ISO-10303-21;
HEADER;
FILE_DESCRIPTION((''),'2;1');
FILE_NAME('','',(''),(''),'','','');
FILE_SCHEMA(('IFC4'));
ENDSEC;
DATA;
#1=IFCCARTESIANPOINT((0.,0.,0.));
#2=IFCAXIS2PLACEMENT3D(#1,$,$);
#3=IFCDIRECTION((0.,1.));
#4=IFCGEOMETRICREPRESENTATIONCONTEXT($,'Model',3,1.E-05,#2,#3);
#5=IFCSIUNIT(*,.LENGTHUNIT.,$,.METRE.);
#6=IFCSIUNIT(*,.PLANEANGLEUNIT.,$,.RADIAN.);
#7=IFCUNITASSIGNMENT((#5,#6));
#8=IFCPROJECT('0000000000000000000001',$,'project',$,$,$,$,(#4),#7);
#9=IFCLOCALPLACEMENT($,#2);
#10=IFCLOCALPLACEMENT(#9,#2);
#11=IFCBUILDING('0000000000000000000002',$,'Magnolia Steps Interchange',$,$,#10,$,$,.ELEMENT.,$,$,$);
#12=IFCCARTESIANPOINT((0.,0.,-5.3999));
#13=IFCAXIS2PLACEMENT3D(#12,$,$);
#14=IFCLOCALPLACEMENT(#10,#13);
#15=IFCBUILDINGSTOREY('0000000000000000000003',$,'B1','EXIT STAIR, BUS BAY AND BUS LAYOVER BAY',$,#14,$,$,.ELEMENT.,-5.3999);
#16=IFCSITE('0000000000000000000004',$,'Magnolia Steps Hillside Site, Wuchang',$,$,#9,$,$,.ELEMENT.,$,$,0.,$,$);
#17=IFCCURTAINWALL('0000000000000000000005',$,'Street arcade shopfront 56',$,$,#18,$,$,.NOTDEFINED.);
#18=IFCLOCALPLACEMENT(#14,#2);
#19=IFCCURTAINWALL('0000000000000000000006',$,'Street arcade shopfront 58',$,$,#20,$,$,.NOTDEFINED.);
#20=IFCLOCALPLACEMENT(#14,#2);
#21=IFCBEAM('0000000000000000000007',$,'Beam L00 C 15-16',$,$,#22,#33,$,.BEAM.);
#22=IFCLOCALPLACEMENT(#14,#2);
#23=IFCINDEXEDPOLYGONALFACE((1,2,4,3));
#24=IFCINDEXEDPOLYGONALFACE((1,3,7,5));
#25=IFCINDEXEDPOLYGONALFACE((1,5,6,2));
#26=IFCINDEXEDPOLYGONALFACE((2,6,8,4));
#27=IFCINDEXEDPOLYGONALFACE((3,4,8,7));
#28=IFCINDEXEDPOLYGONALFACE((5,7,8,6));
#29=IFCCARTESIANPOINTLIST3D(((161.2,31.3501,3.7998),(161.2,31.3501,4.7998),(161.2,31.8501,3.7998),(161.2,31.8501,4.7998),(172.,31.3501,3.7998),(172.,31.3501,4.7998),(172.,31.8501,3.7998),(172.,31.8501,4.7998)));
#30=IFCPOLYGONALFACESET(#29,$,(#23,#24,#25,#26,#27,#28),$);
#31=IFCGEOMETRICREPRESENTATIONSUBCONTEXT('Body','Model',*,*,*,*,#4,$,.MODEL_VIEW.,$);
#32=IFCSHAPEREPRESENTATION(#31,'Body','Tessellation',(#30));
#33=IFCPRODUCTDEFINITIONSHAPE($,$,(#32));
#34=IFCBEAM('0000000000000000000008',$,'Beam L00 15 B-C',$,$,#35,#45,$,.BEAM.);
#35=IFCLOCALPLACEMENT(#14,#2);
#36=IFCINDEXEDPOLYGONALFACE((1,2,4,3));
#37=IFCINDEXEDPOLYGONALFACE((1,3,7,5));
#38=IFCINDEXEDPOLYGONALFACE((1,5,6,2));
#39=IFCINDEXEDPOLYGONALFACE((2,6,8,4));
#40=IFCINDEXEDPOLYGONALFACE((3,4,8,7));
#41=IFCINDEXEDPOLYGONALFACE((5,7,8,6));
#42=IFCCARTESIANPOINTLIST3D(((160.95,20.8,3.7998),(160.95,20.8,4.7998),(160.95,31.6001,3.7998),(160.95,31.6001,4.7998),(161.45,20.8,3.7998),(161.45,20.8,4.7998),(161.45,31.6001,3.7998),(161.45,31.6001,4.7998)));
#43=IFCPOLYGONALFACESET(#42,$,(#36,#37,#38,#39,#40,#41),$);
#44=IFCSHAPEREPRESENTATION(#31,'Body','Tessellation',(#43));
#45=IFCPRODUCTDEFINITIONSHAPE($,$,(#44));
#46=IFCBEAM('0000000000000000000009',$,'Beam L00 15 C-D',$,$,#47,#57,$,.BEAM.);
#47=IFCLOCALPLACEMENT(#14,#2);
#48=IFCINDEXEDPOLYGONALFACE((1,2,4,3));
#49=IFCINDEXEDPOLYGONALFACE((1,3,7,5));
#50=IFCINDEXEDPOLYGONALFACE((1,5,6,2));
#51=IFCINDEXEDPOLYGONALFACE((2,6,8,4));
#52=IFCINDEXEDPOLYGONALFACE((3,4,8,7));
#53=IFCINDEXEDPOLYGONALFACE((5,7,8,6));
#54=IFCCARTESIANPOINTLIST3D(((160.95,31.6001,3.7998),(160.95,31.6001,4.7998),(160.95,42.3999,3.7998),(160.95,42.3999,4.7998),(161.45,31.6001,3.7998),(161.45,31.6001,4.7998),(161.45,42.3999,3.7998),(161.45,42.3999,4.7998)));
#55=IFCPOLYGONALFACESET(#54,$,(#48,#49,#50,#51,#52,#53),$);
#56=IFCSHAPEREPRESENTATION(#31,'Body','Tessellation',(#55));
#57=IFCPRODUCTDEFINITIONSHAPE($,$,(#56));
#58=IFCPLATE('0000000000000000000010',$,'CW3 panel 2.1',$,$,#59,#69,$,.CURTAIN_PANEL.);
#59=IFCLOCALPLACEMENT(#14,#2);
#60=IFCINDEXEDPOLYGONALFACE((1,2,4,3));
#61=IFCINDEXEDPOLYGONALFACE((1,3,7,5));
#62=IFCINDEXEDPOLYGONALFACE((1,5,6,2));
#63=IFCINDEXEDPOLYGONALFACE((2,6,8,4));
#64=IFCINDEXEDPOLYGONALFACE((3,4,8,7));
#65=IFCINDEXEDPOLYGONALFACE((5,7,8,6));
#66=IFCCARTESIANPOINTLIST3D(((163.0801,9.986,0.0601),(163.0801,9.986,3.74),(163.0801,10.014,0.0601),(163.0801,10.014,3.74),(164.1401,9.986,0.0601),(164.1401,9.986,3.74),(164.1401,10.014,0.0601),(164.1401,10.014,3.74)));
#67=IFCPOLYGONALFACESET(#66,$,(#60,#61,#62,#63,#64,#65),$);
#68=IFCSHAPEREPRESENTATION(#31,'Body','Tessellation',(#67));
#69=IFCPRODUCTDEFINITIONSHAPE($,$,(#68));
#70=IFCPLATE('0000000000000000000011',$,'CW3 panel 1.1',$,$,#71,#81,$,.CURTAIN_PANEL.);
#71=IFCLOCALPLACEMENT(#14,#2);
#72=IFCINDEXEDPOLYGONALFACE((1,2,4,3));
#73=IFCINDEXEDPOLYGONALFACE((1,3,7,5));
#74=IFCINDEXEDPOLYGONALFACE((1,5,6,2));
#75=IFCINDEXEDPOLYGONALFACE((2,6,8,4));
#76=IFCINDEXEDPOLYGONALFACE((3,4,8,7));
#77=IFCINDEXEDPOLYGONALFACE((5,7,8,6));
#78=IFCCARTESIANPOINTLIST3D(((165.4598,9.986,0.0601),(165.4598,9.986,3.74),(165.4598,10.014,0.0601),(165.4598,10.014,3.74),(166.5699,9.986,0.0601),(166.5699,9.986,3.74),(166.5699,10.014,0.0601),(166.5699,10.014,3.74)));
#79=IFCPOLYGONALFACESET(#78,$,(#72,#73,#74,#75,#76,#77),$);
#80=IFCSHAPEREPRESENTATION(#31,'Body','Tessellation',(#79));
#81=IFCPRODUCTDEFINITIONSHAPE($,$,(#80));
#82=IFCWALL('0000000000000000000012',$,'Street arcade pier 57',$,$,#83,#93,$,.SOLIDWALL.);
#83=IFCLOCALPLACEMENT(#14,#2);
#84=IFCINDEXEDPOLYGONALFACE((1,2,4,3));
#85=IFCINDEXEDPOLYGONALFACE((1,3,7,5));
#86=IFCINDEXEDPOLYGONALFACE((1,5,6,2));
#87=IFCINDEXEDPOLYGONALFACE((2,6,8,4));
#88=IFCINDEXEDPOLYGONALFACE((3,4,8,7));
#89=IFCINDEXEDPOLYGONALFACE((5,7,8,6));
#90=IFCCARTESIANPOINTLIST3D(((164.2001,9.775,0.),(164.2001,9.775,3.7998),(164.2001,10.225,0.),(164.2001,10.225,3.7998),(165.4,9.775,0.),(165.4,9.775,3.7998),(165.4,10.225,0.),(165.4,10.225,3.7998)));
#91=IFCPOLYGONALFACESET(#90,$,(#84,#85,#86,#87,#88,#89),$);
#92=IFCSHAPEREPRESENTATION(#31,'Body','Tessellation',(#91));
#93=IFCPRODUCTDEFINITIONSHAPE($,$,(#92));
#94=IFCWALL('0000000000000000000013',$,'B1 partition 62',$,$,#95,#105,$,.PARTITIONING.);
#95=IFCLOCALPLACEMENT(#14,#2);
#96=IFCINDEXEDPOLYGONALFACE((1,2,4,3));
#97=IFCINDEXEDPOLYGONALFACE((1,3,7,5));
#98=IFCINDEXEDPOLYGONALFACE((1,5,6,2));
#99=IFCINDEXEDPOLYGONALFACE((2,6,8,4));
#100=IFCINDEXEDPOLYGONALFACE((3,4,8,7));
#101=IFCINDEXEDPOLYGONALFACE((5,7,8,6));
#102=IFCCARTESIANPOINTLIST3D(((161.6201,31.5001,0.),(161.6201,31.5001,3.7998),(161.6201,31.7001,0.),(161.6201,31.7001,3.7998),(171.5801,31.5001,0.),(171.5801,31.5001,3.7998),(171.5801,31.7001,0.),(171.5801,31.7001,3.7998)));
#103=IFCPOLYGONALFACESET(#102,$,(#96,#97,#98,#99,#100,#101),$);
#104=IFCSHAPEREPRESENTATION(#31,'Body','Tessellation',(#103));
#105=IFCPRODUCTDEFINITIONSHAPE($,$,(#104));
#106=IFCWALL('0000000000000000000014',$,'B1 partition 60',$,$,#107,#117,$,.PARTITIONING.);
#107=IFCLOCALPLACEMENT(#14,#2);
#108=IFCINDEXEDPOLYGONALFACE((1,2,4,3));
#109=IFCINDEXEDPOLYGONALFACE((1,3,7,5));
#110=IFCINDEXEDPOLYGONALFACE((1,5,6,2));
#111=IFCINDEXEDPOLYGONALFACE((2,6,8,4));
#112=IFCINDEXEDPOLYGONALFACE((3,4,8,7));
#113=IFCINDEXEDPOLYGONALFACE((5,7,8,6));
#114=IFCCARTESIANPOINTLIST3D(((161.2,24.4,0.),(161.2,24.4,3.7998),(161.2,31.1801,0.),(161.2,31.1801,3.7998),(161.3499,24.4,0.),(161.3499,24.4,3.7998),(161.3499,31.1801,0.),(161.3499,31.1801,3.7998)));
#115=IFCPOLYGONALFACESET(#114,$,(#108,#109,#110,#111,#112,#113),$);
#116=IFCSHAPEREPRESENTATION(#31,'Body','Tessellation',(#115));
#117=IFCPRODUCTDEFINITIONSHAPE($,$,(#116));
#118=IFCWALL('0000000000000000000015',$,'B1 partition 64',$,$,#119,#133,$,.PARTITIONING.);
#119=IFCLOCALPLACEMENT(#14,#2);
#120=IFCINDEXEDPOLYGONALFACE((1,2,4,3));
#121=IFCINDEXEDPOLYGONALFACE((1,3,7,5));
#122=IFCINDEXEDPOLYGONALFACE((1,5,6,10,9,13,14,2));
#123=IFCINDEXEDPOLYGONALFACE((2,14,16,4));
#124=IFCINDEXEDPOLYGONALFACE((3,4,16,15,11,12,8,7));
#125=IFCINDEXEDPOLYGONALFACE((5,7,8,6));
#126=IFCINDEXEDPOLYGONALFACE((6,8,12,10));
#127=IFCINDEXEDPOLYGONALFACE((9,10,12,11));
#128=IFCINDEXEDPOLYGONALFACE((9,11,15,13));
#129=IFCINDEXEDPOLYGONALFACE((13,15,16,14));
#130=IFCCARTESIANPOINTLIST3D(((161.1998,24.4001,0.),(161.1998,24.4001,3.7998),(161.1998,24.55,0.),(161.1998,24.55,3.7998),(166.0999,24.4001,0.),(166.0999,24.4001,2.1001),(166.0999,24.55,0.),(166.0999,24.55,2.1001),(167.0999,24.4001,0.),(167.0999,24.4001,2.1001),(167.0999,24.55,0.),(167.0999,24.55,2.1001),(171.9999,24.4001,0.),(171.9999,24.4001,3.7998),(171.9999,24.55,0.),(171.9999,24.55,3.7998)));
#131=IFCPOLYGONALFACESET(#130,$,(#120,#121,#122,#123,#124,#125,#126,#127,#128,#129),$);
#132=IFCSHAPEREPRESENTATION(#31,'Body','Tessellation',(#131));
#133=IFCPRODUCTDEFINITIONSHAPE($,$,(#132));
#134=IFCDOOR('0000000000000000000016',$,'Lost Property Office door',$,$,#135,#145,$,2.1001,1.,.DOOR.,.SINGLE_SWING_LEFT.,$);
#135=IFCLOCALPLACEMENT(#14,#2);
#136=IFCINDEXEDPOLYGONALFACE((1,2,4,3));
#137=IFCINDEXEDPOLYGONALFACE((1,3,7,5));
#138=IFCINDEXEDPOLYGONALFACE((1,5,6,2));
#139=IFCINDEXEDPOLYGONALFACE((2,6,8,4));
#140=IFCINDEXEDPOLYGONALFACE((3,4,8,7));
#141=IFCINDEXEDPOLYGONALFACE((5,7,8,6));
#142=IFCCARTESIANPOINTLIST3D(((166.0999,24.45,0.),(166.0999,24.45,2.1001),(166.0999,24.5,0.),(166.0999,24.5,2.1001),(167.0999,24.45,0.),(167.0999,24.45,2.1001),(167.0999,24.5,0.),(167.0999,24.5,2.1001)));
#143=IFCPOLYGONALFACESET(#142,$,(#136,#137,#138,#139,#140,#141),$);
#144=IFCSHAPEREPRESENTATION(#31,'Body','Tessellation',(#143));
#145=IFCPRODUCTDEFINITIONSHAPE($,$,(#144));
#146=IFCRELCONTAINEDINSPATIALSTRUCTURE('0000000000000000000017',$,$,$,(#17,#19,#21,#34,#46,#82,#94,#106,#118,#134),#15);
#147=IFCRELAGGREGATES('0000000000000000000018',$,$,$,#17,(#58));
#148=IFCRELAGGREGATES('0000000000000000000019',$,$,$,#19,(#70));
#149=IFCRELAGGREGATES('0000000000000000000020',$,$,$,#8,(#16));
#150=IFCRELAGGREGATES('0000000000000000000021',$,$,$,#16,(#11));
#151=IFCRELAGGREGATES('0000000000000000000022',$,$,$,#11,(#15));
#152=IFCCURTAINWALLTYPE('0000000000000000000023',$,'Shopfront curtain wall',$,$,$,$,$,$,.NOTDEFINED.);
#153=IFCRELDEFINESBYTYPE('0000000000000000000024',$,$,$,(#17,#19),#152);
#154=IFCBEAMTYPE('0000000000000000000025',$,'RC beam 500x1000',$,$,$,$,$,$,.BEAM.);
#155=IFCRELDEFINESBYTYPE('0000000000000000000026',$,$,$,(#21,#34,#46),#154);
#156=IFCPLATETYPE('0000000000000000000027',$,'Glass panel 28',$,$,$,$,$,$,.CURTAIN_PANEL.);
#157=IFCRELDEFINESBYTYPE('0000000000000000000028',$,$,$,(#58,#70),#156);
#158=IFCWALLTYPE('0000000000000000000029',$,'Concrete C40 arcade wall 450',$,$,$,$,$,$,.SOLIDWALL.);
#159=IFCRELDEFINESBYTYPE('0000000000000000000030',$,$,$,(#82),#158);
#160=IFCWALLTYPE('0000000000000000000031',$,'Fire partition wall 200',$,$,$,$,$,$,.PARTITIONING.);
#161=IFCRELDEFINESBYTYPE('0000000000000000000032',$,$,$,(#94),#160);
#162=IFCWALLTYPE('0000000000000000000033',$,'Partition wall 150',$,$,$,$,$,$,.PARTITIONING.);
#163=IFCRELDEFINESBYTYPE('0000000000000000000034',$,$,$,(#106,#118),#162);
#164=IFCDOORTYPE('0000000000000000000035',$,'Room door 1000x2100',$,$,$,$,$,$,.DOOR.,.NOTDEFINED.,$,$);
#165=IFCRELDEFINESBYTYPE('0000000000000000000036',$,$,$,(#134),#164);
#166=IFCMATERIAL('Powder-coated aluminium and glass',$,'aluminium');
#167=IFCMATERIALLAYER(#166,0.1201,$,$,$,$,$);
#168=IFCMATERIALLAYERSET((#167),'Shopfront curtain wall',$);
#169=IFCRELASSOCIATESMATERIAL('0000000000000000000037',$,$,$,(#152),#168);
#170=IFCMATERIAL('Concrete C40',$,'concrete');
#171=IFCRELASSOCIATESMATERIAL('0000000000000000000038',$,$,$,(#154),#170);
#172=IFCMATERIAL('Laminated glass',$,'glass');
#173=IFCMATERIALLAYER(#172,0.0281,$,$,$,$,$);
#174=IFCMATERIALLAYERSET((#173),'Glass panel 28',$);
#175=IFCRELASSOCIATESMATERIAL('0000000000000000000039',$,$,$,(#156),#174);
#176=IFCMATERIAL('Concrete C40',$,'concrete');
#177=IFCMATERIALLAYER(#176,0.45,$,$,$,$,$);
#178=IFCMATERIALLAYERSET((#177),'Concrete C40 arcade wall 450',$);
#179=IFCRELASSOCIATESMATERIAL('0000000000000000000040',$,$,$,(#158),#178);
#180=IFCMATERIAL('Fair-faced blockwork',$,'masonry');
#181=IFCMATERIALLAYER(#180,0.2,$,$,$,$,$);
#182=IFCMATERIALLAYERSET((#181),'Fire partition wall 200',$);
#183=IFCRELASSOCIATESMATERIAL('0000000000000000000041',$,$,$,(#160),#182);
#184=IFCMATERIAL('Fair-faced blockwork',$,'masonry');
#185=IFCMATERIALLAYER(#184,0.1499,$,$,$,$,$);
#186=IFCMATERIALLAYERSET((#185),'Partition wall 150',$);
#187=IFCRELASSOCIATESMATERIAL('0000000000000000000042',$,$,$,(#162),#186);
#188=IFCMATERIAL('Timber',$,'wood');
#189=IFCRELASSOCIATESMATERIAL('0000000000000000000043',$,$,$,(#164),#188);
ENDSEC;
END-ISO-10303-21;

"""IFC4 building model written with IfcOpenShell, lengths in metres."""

from ifc_helpers import new_model, si_unit, direction, frame, frame_2d, origin, origin_2d, place, context, subcontext, project, spatial, rectangle, extrude, material, layer, layer_set, material_profile, profile_set, type_object, element, fill, aggregate, save


model = new_model("IFC4")

# Units and contexts
model_context = context("Model", 3, precision=1e-05, world=origin(), true_north=direction((0.0, 1.0)))
body_context = subcontext(model_context, "Body", "Model", "MODEL_VIEW")
ifc_project = project(units=[si_unit("LENGTHUNIT", "METRE"), si_unit("PLANEANGLEUNIT", "RADIAN")], contexts=[model_context])

# Site, building, storey
site_placement = place(None, origin())
site = spatial("IfcSite", under=ifc_project, at=site_placement, Name="Magnolia Steps Hillside Site, Wuchang", CompositionType="ELEMENT", RefElevation=0.0)
building_placement = place(site_placement, origin())
building = spatial("IfcBuilding", under=site, at=building_placement, Name="Magnolia Steps Interchange", CompositionType="ELEMENT")
storey_placement = place(building_placement, frame((0.0, 0.0, -5.3999)))
storey = spatial("IfcBuildingStorey", under=building, at=storey_placement, Name="B1", Description="EXIT STAIR, BUS BAY AND BUS LAYOVER BAY", CompositionType="ELEMENT", Elevation=-5.3999)

# Curtain wall
ifc_material_1 = material(Name="Powder-coated aluminium and glass", Category="aluminium")
ifc_layer_1 = layer(ifc_material_1, 0.1201)
ifc_layer_set_1 = layer_set([ifc_layer_1], Name="Shopfront curtain wall")
curtain_wall_type = type_object("IfcCurtainWallType", Name="Shopfront curtain wall", PredefinedType="NOTDEFINED", material=ifc_layer_set_1)
curtain_wall_1_placement = place(storey_placement, origin())
curtain_wall_1 = element("IfcCurtainWall", 1, at=curtain_wall_1_placement, inside=storey, type_object=curtain_wall_type, Name="Street arcade shopfront 56", PredefinedType="NOTDEFINED")

# Curtain wall
curtain_wall_2_placement = place(storey_placement, origin())
curtain_wall_2 = element("IfcCurtainWall", 2, at=curtain_wall_2_placement, inside=storey, type_object=curtain_wall_type, Name="Street arcade shopfront 58", PredefinedType="NOTDEFINED")

# Beams
ifc_material_2 = material(Name="Concrete C40", Category="concrete")
ifc_material_profile_1 = material_profile(ifc_material_2, rectangle(XDim=0.5, YDim=1.0, at=origin_2d()), Name="RC500x1000")
ifc_profile_set_1 = profile_set([ifc_material_profile_1], Name="Concrete C40")
beam_type = type_object("IfcBeamType", Name="RC beam 500x1000", PredefinedType="BEAM", material=ifc_profile_set_1)
for number, where, z_axis, x_axis, name in (
    (3, (161.2, 31.6001, 4.2998), (1.0, 0.0, 0.0), (0.0, 1.0, 0.0), "Beam L00 C 15-16"),
    (4, (161.2, 20.8, 4.2998), (0.0, 1.0, 0.0), (-1.0, 0.0, 0.0), "Beam L00 15 B-C"),
):
    element("IfcBeam", number, at=place(storey_placement, frame(where, z_axis=z_axis, x_axis=x_axis)), inside=storey, type_object=beam_type, Name=name, PredefinedType="BEAM", context=body_context, shape_type="SweptSolid", body=[
        extrude(rectangle(XDim=0.5, YDim=1.0, at=origin_2d()), origin(), (0.0, 0.0, 1.0), 10.8),
    ])
beam_placement = place(storey_placement, frame((161.2, 31.6001, 4.2998), z_axis=(0.0, 1.0, 0.0), x_axis=(-1.0, 0.0, 0.0)))
element("IfcBeam", 5, at=beam_placement, inside=storey, type_object=beam_type, Name="Beam L00 15 C-D", PredefinedType="BEAM", context=body_context, shape_type="SweptSolid", body=[
    extrude(rectangle(XDim=0.5, YDim=1.0, at=origin_2d()), origin(), (0.0, 0.0, 1.0), 10.7998),
])

# Plates
ifc_material_3 = material(Name="Laminated glass", Category="glass")
ifc_layer_2 = layer(ifc_material_3, 0.0281)
ifc_layer_set_2 = layer_set([ifc_layer_2], Name="Glass panel 28")
plate_type = type_object("IfcPlateType", Name="Glass panel 28", PredefinedType="CURTAIN_PANEL", material=ifc_layer_set_2)
plate_1_placement = place(storey_placement, frame((163.6101, 10.0, 0.0601), z_axis=(0.0, 0.0, 1.0), x_axis=(1.0, 0.0, 0.0)))
plate_1 = element("IfcPlate", 6, at=plate_1_placement, type_object=plate_type, Name="CW3 panel 2.1", PredefinedType="CURTAIN_PANEL", context=body_context, shape_type="SweptSolid", body=[
    extrude(rectangle(XDim=1.0601, YDim=0.0281, at=origin_2d()), origin(), (0.0, 0.0, 1.0), 3.6799),
])
aggregate(curtain_wall_1, [plate_1])
plate_2_placement = place(storey_placement, frame((166.0149, 10.0, 0.0601), z_axis=(0.0, 0.0, 1.0), x_axis=(1.0, 0.0, 0.0)))
plate_2 = element("IfcPlate", 7, at=plate_2_placement, type_object=plate_type, Name="CW3 panel 1.1", PredefinedType="CURTAIN_PANEL", context=body_context, shape_type="SweptSolid", body=[
    extrude(rectangle(XDim=1.1101, YDim=0.0281, at=origin_2d()), origin(), (0.0, 0.0, 1.0), 3.6799),
])
aggregate(curtain_wall_2, [plate_2])

# Walls
ifc_material_4 = material(Name="Concrete C40", Category="concrete")
ifc_layer_3 = layer(ifc_material_4, 0.45)
ifc_layer_set_3 = layer_set([ifc_layer_3], Name="Concrete C40 arcade wall 450")
wall_type_1 = type_object("IfcWallType", Name="Concrete C40 arcade wall 450", PredefinedType="SOLIDWALL", material=ifc_layer_set_3)
wall_1_placement = place(storey_placement, frame((164.2, 10.0, 0.0), z_axis=(0.0, 0.0, 1.0), x_axis=(1.0, 0.0, 0.0)))
element("IfcWall", 8, at=wall_1_placement, inside=storey, type_object=wall_type_1, Name="Street arcade pier 57", PredefinedType="SOLIDWALL", context=body_context, shape_type="SweptSolid", body=[
    extrude(rectangle(XDim=1.2, YDim=0.45, at=frame_2d((0.6001, 0.0))), origin(), (0.0, 0.0, 1.0), 3.7998),
])
ifc_material_5 = material(Name="Fair-faced blockwork", Category="masonry")
ifc_layer_4 = layer(ifc_material_5, 0.2)
ifc_layer_set_4 = layer_set([ifc_layer_4], Name="Fire partition wall 200")
wall_type_2 = type_object("IfcWallType", Name="Fire partition wall 200", PredefinedType="PARTITIONING", material=ifc_layer_set_4)
wall_2_placement = place(storey_placement, frame((161.6201, 31.6001, 0.0), z_axis=(0.0, 0.0, 1.0), x_axis=(1.0, 0.0, 0.0)))
element("IfcWall", 9, at=wall_2_placement, inside=storey, type_object=wall_type_2, Name="B1 partition 62", PredefinedType="PARTITIONING", context=body_context, shape_type="SweptSolid", body=[
    extrude(rectangle(XDim=9.96, YDim=0.2, at=frame_2d((4.98, 0.0))), origin(), (0.0, 0.0, 1.0), 3.7998),
])
ifc_material_6 = material(Name="Fair-faced blockwork", Category="masonry")
ifc_layer_5 = layer(ifc_material_6, 0.1499)
ifc_layer_set_5 = layer_set([ifc_layer_5], Name="Partition wall 150")
wall_type_3 = type_object("IfcWallType", Name="Partition wall 150", PredefinedType="PARTITIONING", material=ifc_layer_set_5)
wall_3_placement = place(storey_placement, frame((161.2749, 24.3999, 0.0), z_axis=(0.0, 0.0, 1.0), x_axis=(0.0, 1.0, 0.0)))
element("IfcWall", 10, at=wall_3_placement, inside=storey, type_object=wall_type_3, Name="B1 partition 60", PredefinedType="PARTITIONING", context=body_context, shape_type="SweptSolid", body=[
    extrude(rectangle(XDim=6.78, YDim=0.1499, at=frame_2d((3.3901, 0.0))), origin(), (0.0, 0.0, 1.0), 3.7998),
])

# Wall, opening, door
wall_4_placement = place(storey_placement, frame((161.2, 24.4751, 0.0), z_axis=(0.0, 0.0, 1.0), x_axis=(1.0, 0.0, 0.0)))
wall_4 = element("IfcWall", 11, at=wall_4_placement, inside=storey, type_object=wall_type_3, Name="B1 partition 64", PredefinedType="PARTITIONING", context=body_context, shape_type="SweptSolid", body=[
    extrude(rectangle(XDim=10.8, YDim=0.1499, at=frame_2d((5.3999, 0.0))), origin(), (0.0, 0.0, 1.0), 3.7998),
])
opening_placement = place(wall_4_placement, frame((4.8999, 0.0, 0.0)))
opening = element("IfcOpeningElement", 12, at=opening_placement, cuts=wall_4, PredefinedType="OPENING", context=body_context, shape_type="SweptSolid", body=[
    extrude(rectangle(XDim=1.0, YDim=2.1001, at=frame_2d((0.5, 1.05))), frame((0.0, 0.085, 0.0), z_axis=(0.0, -1.0, 0.0), x_axis=(1.0, 0.0, 0.0)), (0.0, 0.0, 1.0), 0.1699),
])
ifc_material_7 = material(Name="Timber", Category="wood")
door_type = type_object("IfcDoorType", Name="Room door 1000x2100", OperationType="NOTDEFINED", PredefinedType="DOOR", material=ifc_material_7)
door_placement = place(opening_placement, origin())
door = element("IfcDoor", 13, at=door_placement, inside=storey, type_object=door_type, Name="Lost Property Office door", OperationType="SINGLE_SWING_LEFT", OverallHeight=2.1001, OverallWidth=1.0, PredefinedType="DOOR", context=body_context, shape_type="SweptSolid", body=[
    extrude(rectangle(XDim=1.0, YDim=2.1001, at=frame_2d((0.5, 1.05))), frame((0.0, 0.0249, 0.0), z_axis=(0.0, -1.0, 0.0), x_axis=(1.0, 0.0, 0.0)), (0.0, 0.0, 1.0), 0.05),
])
fill(opening, door)

save(model, "model.ifc")
